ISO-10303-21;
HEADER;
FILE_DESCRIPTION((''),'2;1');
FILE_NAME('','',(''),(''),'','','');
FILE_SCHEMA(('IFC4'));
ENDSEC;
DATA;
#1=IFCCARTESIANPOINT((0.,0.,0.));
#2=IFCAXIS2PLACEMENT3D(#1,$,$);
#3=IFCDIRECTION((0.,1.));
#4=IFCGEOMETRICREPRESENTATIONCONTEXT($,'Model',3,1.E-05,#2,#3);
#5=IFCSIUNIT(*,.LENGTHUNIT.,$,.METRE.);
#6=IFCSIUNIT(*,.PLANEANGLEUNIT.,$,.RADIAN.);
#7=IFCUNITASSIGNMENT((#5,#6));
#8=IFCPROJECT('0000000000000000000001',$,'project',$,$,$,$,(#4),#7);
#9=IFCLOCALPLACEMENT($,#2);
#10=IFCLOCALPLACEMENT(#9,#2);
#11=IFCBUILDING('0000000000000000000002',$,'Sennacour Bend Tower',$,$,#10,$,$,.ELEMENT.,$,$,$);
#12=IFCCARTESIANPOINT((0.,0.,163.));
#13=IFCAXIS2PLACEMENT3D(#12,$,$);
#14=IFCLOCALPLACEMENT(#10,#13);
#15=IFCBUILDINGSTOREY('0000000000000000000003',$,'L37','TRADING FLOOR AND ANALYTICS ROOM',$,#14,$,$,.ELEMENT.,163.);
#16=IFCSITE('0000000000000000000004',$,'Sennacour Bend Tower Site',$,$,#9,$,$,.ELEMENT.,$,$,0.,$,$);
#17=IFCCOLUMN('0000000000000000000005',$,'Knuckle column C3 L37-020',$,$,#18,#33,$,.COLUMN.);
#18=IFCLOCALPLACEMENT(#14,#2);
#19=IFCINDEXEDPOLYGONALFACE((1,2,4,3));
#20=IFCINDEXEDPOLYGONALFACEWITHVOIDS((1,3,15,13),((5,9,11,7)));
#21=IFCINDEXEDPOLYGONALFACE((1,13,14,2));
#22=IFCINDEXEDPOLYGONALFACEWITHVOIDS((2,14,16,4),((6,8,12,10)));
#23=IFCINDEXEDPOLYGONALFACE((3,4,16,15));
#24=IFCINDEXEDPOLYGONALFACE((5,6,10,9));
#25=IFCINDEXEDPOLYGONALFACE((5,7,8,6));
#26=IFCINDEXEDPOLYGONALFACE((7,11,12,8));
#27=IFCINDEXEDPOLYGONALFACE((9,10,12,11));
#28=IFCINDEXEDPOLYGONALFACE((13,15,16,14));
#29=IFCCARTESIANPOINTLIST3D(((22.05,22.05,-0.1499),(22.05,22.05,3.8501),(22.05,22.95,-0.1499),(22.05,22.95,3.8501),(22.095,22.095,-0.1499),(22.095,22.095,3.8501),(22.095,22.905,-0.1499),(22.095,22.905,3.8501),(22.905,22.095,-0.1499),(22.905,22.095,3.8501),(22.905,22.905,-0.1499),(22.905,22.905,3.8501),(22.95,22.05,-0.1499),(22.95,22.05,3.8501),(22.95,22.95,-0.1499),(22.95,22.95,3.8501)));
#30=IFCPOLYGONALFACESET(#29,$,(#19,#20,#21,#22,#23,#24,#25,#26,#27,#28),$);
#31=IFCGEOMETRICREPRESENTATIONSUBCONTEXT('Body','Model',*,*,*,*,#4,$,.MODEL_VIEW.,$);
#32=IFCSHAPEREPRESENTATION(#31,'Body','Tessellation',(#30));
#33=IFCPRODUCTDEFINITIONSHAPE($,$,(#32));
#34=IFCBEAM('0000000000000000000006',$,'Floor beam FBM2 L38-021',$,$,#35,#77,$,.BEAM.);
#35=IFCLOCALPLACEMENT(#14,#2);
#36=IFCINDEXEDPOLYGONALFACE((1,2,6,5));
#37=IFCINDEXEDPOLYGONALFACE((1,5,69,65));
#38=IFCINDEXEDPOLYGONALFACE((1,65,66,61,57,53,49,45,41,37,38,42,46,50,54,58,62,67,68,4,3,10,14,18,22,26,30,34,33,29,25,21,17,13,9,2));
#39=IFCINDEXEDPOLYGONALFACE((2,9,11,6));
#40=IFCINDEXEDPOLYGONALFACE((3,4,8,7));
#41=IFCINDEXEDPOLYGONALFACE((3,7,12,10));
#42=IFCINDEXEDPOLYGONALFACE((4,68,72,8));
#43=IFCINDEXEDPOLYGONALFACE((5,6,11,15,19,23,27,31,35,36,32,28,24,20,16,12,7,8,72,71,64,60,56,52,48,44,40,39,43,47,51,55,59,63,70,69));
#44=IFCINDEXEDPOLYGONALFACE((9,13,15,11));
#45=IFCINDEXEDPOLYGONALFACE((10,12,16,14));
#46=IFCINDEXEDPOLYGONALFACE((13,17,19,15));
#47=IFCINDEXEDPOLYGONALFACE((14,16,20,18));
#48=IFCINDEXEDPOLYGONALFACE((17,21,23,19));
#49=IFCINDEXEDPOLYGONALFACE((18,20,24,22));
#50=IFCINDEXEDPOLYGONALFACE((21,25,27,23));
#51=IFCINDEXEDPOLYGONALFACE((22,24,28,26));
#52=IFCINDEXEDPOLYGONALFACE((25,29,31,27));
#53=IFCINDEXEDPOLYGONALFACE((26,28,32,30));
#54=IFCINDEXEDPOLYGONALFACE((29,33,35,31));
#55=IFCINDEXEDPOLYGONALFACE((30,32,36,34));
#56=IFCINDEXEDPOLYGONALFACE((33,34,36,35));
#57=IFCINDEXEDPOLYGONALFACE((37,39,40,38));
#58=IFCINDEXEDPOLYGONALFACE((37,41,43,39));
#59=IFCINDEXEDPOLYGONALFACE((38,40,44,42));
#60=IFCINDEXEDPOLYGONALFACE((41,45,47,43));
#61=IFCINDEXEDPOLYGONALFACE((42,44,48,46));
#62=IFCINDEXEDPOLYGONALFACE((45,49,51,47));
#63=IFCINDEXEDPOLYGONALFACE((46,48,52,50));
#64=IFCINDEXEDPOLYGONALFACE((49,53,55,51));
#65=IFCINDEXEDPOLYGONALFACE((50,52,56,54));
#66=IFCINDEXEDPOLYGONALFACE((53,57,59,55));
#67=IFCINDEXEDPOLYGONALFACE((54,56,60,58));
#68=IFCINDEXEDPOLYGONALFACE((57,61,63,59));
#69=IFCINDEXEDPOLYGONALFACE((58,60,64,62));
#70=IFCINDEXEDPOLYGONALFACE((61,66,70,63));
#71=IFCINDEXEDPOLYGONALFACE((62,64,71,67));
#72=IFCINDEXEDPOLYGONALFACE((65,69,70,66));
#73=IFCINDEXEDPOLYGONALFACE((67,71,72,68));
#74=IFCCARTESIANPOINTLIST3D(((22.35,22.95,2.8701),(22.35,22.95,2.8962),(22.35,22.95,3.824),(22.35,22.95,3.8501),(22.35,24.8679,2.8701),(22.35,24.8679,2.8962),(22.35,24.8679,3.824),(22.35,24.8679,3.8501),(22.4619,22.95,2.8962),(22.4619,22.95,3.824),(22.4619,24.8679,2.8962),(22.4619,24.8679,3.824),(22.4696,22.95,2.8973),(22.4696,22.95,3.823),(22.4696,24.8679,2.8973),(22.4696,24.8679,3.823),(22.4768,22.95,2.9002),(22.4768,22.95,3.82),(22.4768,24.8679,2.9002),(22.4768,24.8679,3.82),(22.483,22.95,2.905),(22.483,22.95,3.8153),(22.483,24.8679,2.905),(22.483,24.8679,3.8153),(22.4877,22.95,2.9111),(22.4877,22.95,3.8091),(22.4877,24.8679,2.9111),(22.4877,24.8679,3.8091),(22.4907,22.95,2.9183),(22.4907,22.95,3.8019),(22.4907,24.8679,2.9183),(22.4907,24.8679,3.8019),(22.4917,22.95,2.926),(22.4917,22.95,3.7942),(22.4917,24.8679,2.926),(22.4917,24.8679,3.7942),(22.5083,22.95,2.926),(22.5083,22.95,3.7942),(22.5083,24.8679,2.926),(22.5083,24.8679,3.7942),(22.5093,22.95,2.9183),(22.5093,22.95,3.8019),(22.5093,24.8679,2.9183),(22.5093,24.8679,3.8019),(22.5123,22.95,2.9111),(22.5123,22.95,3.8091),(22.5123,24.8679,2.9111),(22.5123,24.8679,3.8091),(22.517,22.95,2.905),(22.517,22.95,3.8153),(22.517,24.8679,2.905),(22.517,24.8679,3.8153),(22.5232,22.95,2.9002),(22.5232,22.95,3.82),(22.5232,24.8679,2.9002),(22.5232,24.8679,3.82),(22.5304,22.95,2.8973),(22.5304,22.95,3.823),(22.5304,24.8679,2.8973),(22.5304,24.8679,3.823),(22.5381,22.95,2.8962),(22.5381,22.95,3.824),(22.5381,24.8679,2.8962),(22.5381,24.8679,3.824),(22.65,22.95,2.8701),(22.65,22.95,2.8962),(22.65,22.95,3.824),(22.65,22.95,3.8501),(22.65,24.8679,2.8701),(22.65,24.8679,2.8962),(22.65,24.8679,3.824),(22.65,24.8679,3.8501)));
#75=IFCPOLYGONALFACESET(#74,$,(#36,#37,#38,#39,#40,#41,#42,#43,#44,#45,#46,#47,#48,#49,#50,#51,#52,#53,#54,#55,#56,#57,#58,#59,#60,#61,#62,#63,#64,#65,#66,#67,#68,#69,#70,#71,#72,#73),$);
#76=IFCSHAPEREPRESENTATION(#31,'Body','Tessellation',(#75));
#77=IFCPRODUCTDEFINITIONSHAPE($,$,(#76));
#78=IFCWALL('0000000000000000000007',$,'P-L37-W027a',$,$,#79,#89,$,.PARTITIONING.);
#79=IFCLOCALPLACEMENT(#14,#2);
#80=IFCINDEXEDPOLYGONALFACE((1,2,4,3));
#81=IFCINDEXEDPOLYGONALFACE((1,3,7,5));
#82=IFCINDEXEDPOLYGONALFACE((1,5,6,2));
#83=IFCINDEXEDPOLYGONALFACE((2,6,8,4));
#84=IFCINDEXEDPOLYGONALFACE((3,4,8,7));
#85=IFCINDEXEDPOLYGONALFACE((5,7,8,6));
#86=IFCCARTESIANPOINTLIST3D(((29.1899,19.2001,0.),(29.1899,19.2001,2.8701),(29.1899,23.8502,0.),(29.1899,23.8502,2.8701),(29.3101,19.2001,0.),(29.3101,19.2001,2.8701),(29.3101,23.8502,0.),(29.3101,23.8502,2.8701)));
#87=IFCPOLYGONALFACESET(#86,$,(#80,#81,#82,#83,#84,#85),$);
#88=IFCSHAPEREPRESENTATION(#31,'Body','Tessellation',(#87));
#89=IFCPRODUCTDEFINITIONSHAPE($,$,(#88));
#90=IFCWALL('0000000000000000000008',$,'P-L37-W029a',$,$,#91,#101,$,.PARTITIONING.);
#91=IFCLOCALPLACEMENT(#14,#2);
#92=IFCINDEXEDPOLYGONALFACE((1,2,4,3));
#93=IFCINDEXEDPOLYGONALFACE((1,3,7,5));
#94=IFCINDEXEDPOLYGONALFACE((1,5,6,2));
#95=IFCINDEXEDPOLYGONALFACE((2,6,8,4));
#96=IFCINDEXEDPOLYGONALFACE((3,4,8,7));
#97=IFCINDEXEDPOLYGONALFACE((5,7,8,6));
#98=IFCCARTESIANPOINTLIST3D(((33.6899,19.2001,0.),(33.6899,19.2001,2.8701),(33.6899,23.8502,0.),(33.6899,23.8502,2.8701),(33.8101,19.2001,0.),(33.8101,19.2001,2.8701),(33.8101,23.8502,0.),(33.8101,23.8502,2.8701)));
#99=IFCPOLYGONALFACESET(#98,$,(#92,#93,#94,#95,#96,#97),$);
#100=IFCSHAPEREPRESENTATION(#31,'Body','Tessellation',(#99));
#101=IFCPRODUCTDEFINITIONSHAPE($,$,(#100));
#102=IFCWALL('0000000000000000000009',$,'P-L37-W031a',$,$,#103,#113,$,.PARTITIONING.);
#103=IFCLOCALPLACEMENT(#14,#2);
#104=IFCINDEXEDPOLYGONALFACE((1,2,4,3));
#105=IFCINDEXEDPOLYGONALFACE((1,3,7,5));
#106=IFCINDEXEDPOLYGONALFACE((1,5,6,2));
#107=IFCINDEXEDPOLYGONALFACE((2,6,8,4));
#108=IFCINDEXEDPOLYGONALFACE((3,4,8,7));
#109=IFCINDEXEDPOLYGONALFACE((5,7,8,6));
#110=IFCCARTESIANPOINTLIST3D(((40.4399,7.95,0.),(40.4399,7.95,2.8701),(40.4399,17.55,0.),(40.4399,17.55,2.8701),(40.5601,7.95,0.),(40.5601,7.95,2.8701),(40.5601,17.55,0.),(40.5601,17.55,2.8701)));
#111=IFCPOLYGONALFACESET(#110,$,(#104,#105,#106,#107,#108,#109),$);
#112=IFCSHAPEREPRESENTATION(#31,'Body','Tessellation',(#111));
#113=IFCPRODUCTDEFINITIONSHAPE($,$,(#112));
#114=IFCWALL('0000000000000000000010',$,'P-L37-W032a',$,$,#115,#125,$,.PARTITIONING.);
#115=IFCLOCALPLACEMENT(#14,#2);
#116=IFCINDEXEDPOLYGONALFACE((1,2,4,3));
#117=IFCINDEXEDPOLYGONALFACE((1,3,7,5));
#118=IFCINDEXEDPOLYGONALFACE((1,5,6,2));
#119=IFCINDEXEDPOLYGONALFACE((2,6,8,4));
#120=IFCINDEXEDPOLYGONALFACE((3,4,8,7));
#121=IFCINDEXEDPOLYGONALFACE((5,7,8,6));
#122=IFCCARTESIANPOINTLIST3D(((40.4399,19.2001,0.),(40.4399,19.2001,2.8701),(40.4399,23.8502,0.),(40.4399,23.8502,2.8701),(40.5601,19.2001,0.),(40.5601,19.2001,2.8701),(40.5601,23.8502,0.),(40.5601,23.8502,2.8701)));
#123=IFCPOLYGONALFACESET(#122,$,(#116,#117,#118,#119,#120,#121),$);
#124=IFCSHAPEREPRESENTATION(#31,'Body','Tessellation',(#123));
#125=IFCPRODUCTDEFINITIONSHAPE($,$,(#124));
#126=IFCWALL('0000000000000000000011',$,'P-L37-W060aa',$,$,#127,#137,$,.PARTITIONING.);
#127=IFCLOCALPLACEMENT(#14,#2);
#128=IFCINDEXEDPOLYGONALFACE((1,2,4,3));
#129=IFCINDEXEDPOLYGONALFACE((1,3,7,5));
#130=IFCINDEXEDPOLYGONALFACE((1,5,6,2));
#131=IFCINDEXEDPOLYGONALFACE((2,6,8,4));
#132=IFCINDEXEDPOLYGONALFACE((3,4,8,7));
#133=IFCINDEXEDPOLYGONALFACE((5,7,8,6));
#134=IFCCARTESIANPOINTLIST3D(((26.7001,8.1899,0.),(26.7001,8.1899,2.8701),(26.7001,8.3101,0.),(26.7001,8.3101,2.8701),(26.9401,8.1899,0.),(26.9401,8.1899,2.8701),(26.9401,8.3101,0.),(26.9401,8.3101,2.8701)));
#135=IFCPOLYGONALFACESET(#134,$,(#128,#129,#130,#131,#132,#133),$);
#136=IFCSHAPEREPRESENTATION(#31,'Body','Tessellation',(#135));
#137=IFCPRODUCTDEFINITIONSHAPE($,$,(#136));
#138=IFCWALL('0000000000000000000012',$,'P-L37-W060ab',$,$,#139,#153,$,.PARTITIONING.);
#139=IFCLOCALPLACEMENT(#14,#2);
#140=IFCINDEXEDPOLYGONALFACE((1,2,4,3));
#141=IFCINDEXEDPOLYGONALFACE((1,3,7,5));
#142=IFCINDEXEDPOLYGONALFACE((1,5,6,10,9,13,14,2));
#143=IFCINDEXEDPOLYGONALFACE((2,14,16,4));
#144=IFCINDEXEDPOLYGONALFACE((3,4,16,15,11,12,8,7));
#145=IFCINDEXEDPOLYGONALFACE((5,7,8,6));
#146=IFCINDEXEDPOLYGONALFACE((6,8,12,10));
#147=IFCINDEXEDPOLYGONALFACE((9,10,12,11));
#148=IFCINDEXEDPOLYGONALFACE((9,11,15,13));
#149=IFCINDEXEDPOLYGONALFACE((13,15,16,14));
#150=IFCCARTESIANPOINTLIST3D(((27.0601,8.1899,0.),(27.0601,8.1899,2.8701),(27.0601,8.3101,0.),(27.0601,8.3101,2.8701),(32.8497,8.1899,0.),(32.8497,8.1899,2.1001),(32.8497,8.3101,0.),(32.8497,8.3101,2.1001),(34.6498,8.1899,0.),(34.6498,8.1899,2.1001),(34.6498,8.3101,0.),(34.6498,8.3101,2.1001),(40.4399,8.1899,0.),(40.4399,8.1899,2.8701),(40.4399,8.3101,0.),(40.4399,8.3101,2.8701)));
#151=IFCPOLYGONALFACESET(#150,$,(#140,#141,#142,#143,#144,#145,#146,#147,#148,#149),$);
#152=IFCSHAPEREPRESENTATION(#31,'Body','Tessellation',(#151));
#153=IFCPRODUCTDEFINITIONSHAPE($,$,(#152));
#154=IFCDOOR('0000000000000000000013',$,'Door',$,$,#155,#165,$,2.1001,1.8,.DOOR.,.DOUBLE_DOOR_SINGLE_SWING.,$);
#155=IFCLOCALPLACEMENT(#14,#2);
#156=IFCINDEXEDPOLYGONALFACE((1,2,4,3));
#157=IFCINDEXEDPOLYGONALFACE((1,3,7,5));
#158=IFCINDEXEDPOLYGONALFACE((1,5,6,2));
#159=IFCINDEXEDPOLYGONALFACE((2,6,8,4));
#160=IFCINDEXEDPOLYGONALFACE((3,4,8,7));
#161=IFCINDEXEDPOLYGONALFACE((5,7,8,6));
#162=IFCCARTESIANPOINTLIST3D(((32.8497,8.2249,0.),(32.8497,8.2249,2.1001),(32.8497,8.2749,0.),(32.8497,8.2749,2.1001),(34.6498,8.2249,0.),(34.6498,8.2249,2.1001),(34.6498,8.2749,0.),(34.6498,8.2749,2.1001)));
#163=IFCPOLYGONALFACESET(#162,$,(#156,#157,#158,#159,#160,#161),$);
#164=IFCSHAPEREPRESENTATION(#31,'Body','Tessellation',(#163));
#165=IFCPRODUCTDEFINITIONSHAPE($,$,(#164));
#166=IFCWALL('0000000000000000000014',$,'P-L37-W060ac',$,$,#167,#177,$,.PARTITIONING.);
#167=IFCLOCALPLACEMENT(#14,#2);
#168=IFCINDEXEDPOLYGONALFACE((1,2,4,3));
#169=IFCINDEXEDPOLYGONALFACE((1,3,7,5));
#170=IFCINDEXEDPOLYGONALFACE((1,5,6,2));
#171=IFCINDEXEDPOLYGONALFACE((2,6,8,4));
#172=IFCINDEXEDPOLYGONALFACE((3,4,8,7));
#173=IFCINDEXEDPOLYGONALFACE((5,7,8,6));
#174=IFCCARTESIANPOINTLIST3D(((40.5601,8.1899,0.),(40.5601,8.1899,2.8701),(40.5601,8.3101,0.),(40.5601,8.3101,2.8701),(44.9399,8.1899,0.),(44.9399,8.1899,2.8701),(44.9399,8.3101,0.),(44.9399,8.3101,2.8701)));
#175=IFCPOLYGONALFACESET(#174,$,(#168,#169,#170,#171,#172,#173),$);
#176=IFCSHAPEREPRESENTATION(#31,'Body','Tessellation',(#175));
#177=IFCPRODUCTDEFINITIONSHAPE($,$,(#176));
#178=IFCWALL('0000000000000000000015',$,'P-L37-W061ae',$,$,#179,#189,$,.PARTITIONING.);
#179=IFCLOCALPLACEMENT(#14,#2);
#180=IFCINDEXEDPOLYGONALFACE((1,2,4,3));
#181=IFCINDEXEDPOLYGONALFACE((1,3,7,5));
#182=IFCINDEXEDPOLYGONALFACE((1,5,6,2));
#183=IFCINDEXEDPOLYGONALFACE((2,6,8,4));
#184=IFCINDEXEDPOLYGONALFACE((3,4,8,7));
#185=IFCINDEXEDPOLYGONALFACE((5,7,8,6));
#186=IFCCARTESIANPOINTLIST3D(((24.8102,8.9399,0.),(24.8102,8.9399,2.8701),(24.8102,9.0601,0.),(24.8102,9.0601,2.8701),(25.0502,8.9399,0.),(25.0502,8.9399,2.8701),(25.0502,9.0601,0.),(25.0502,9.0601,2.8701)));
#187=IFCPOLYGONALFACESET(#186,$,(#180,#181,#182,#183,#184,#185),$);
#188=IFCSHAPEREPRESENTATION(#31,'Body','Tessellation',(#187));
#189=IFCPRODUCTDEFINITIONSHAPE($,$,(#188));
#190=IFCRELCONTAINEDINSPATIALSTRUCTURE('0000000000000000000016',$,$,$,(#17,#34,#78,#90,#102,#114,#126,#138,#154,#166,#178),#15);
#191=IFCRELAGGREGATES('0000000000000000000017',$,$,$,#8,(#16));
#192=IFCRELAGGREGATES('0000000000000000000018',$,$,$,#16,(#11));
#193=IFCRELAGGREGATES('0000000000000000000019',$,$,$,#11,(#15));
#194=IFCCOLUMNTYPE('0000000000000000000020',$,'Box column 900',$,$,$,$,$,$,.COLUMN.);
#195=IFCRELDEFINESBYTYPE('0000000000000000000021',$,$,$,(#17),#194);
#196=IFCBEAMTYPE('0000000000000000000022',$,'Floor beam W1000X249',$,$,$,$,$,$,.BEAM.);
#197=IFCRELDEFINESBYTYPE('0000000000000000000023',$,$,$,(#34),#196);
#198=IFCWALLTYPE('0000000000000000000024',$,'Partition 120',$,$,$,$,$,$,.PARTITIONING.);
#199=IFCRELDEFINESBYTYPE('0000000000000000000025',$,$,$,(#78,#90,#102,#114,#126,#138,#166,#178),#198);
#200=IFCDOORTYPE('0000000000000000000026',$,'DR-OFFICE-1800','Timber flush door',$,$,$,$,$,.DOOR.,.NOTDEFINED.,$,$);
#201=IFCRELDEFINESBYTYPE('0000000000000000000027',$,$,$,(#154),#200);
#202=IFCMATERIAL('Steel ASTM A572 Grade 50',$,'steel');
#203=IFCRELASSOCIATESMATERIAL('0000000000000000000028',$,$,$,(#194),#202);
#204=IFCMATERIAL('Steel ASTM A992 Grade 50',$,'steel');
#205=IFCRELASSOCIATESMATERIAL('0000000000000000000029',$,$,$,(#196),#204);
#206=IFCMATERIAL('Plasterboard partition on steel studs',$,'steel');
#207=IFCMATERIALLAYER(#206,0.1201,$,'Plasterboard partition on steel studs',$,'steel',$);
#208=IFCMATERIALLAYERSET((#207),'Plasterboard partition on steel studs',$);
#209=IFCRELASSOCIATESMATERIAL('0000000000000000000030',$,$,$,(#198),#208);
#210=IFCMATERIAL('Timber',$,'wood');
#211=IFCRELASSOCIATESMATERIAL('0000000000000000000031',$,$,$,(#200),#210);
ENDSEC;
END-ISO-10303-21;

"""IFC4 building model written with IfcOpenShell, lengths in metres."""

from ifc_helpers import new_model, si_unit, direction, frame, frame_2d, origin, origin_2d, place, context, subcontext, project, spatial, rectangle, hollow_rectangle, i_section, extrude, material, layer, layer_set, material_profile, profile_set, type_object, element, fill, save


model = new_model("IFC4")

# Units and contexts
model_context = context("Model", 3, precision=1e-05, world=origin(), true_north=direction((0.0, 1.0)))
body_context = subcontext(model_context, "Body", "Model", "MODEL_VIEW")
ifc_project = project(units=[si_unit("LENGTHUNIT", "METRE"), si_unit("PLANEANGLEUNIT", "RADIAN")], contexts=[model_context])

# Site, building, storey
site_placement = place(None, origin())
site = spatial("IfcSite", under=ifc_project, at=site_placement, Name="Sennacour Bend Tower Site", CompositionType="ELEMENT", RefElevation=0.0)
building_placement = place(site_placement, origin())
building = spatial("IfcBuilding", under=site, at=building_placement, Name="Sennacour Bend Tower", CompositionType="ELEMENT")
storey_placement = place(building_placement, frame((0.0, 0.0, 163.0)))
storey = spatial("IfcBuildingStorey", under=building, at=storey_placement, Name="L37", Description="TRADING FLOOR AND ANALYTICS ROOM", CompositionType="ELEMENT", Elevation=163.0)

# Column
ifc_material_1 = material(Name="Steel ASTM A572 Grade 50", Category="steel")
ifc_material_profile_1 = material_profile(ifc_material_1, hollow_rectangle(XDim=0.8999, YDim=0.8999, WallThickness=0.0449, at=origin_2d()), Name="Steel ASTM A572 Grade 50", Category="steel")
ifc_profile_set_1 = profile_set([ifc_material_profile_1], Name="Steel ASTM A572 Grade 50")
column_type = type_object("IfcColumnType", Name="Box column 900", PredefinedType="COLUMN", material=ifc_profile_set_1)
column_placement = place(storey_placement, frame((22.5, 22.5, -0.1499), z_axis=(0.0, 0.0, 1.0), x_axis=(1.0, 0.0, 0.0)))
element("IfcColumn", 1, at=column_placement, inside=storey, type_object=column_type, Name="Knuckle column C3 L37-020", PredefinedType="COLUMN", context=body_context, shape_type="SweptSolid", body=[
    extrude(hollow_rectangle(XDim=0.8999, YDim=0.8999, WallThickness=0.0449, at=origin_2d()), origin(), (0.0, 0.0, 1.0), 4.0),
])

# Beam
ifc_material_2 = material(Name="Steel ASTM A992 Grade 50", Category="steel")
ifc_material_profile_2 = material_profile(ifc_material_2, i_section(OverallWidth=0.3, OverallDepth=0.98, WebThickness=0.0166, FlangeThickness=0.0261, FilletRadius=0.0298, at=origin_2d()), Name="Steel ASTM A992 Grade 50", Category="steel")
ifc_profile_set_2 = profile_set([ifc_material_profile_2], Name="Steel ASTM A992 Grade 50")
beam_type = type_object("IfcBeamType", Name="Floor beam W1000X249", PredefinedType="BEAM", material=ifc_profile_set_2)
beam_placement = place(storey_placement, frame((22.5, 22.95, 3.3601), z_axis=(0.0, 1.0, 0.0), x_axis=(-1.0, 0.0, 0.0)))
element("IfcBeam", 2, at=beam_placement, inside=storey, type_object=beam_type, Name="Floor beam FBM2 L38-021", PredefinedType="BEAM", context=body_context, shape_type="SweptSolid", body=[
    extrude(i_section(OverallWidth=0.3, OverallDepth=0.98, WebThickness=0.0166, FlangeThickness=0.0261, FilletRadius=0.0298, at=origin_2d()), origin(), (0.0, 0.0, 1.0), 1.918),
])

# Walls
ifc_material_3 = material(Name="Plasterboard partition on steel studs", Category="steel")
ifc_layer = layer(ifc_material_3, 0.1201, Name="Plasterboard partition on steel studs", Category="steel")
ifc_layer_set = layer_set([ifc_layer], Name="Plasterboard partition on steel studs")
wall_type = type_object("IfcWallType", Name="Partition 120", PredefinedType="PARTITIONING", material=ifc_layer_set)
for number, where, z_axis, x_axis, name in (
    (3, (29.25, 19.2, 0.0), (0.0, 0.0, 1.0), (0.0, 1.0, 0.0), "P-L37-W027a"),
    (4, (33.75, 19.2, 0.0), (0.0, 0.0, 1.0), (0.0, 1.0, 0.0), "P-L37-W029a"),
):
    element("IfcWall", number, at=place(storey_placement, frame(where, z_axis=z_axis, x_axis=x_axis)), inside=storey, type_object=wall_type, Name=name, PredefinedType="PARTITIONING", context=body_context, shape_type="SweptSolid", body=[
        extrude(rectangle(XDim=4.6501, YDim=0.1201, at=frame_2d((2.3252, 0.0))), origin(), (0.0, 0.0, 1.0), 2.8701),
    ])
wall_1_placement = place(storey_placement, frame((40.5, 7.95, 0.0), z_axis=(0.0, 0.0, 1.0), x_axis=(0.0, 1.0, 0.0)))
element("IfcWall", 5, at=wall_1_placement, inside=storey, type_object=wall_type, Name="P-L37-W031a", PredefinedType="PARTITIONING", context=body_context, shape_type="SweptSolid", body=[
    extrude(rectangle(XDim=9.6001, YDim=0.1201, at=frame_2d((4.8, 0.0))), origin(), (0.0, 0.0, 1.0), 2.8701),
])
wall_2_placement = place(storey_placement, frame((40.5, 19.2, 0.0), z_axis=(0.0, 0.0, 1.0), x_axis=(0.0, 1.0, 0.0)))
element("IfcWall", 6, at=wall_2_placement, inside=storey, type_object=wall_type, Name="P-L37-W032a", PredefinedType="PARTITIONING", context=body_context, shape_type="SweptSolid", body=[
    extrude(rectangle(XDim=4.6501, YDim=0.1201, at=frame_2d((2.3252, 0.0))), origin(), (0.0, 0.0, 1.0), 2.8701),
])
wall_3_placement = place(storey_placement, frame((26.7, 8.25, 0.0), z_axis=(0.0, 0.0, 1.0), x_axis=(1.0, 0.0, 0.0)))
element("IfcWall", 7, at=wall_3_placement, inside=storey, type_object=wall_type, Name="P-L37-W060aa", PredefinedType="PARTITIONING", context=body_context, shape_type="SweptSolid", body=[
    extrude(rectangle(XDim=0.24, YDim=0.1201, at=frame_2d((0.1201, 0.0))), origin(), (0.0, 0.0, 1.0), 2.8701),
])

# Wall, opening, door
wall_4_placement = place(storey_placement, frame((27.0601, 8.25, 0.0), z_axis=(0.0, 0.0, 1.0), x_axis=(1.0, 0.0, 0.0)))
wall_4 = element("IfcWall", 8, at=wall_4_placement, inside=storey, type_object=wall_type, Name="P-L37-W060ab", PredefinedType="PARTITIONING", context=body_context, shape_type="SweptSolid", body=[
    extrude(rectangle(XDim=13.3799, YDim=0.1201, at=frame_2d((6.6899, 0.0))), origin(), (0.0, 0.0, 1.0), 2.8701),
])
opening_1_placement = place(wall_4_placement, frame((5.7898, 0.0, 0.0)))
opening_1 = element("IfcOpeningElement", 9, at=opening_1_placement, cuts=wall_4, PredefinedType="OPENING", context=body_context, shape_type="SweptSolid", body=[
    extrude(rectangle(XDim=1.8, YDim=2.1001, at=frame_2d((0.8999, 1.05))), frame((0.0, 0.0701, 0.0), z_axis=(0.0, -1.0, 0.0), x_axis=(1.0, 0.0, 0.0)), (0.0, 0.0, 1.0), 0.1401),
])
ifc_material_4 = material(Name="Timber", Category="wood")
door_type_1 = type_object("IfcDoorType", Name="DR-OFFICE-1800", Description="Timber flush door", OperationType="NOTDEFINED", PredefinedType="DOOR", material=ifc_material_4)
door_1_placement = place(opening_1_placement, origin())
door_1 = element("IfcDoor", 10, at=door_1_placement, inside=storey, type_object=door_type_1, Name="Door", OperationType="DOUBLE_DOOR_SINGLE_SWING", OverallHeight=2.1001, OverallWidth=1.8, PredefinedType="DOOR", context=body_context, shape_type="SweptSolid", body=[
    extrude(rectangle(XDim=1.8, YDim=2.1001, at=frame_2d((0.8999, 1.05))), frame((0.0, 0.0249, 0.0), z_axis=(0.0, -1.0, 0.0), x_axis=(1.0, 0.0, 0.0)), (0.0, 0.0, 1.0), 0.05),
])
fill(opening_1, door_1)

# Walls
wall_5_placement = place(storey_placement, frame((40.5601, 8.25, 0.0), z_axis=(0.0, 0.0, 1.0), x_axis=(1.0, 0.0, 0.0)))
element("IfcWall", 11, at=wall_5_placement, inside=storey, type_object=wall_type, Name="P-L37-W060ac", PredefinedType="PARTITIONING", context=body_context, shape_type="SweptSolid", body=[
    extrude(rectangle(XDim=4.3799, YDim=0.1201, at=frame_2d((2.1899, 0.0))), origin(), (0.0, 0.0, 1.0), 2.8701),
])
for number, where, z_axis, x_axis, name in (
    (12, (24.8101, 9.0, 0.0), (0.0, 0.0, 1.0), (1.0, 0.0, 0.0), "P-L37-W061ae"),
):
    element("IfcWall", number, at=place(storey_placement, frame(where, z_axis=z_axis, x_axis=x_axis)), inside=storey, type_object=wall_type, Name=name, PredefinedType="PARTITIONING", context=body_context, shape_type="SweptSolid", body=[
        extrude(rectangle(XDim=0.24, YDim=0.1201, at=frame_2d((0.1201, 0.0))), origin(), (0.0, 0.0, 1.0), 2.8701),
    ])

save(model, "model.ifc")
